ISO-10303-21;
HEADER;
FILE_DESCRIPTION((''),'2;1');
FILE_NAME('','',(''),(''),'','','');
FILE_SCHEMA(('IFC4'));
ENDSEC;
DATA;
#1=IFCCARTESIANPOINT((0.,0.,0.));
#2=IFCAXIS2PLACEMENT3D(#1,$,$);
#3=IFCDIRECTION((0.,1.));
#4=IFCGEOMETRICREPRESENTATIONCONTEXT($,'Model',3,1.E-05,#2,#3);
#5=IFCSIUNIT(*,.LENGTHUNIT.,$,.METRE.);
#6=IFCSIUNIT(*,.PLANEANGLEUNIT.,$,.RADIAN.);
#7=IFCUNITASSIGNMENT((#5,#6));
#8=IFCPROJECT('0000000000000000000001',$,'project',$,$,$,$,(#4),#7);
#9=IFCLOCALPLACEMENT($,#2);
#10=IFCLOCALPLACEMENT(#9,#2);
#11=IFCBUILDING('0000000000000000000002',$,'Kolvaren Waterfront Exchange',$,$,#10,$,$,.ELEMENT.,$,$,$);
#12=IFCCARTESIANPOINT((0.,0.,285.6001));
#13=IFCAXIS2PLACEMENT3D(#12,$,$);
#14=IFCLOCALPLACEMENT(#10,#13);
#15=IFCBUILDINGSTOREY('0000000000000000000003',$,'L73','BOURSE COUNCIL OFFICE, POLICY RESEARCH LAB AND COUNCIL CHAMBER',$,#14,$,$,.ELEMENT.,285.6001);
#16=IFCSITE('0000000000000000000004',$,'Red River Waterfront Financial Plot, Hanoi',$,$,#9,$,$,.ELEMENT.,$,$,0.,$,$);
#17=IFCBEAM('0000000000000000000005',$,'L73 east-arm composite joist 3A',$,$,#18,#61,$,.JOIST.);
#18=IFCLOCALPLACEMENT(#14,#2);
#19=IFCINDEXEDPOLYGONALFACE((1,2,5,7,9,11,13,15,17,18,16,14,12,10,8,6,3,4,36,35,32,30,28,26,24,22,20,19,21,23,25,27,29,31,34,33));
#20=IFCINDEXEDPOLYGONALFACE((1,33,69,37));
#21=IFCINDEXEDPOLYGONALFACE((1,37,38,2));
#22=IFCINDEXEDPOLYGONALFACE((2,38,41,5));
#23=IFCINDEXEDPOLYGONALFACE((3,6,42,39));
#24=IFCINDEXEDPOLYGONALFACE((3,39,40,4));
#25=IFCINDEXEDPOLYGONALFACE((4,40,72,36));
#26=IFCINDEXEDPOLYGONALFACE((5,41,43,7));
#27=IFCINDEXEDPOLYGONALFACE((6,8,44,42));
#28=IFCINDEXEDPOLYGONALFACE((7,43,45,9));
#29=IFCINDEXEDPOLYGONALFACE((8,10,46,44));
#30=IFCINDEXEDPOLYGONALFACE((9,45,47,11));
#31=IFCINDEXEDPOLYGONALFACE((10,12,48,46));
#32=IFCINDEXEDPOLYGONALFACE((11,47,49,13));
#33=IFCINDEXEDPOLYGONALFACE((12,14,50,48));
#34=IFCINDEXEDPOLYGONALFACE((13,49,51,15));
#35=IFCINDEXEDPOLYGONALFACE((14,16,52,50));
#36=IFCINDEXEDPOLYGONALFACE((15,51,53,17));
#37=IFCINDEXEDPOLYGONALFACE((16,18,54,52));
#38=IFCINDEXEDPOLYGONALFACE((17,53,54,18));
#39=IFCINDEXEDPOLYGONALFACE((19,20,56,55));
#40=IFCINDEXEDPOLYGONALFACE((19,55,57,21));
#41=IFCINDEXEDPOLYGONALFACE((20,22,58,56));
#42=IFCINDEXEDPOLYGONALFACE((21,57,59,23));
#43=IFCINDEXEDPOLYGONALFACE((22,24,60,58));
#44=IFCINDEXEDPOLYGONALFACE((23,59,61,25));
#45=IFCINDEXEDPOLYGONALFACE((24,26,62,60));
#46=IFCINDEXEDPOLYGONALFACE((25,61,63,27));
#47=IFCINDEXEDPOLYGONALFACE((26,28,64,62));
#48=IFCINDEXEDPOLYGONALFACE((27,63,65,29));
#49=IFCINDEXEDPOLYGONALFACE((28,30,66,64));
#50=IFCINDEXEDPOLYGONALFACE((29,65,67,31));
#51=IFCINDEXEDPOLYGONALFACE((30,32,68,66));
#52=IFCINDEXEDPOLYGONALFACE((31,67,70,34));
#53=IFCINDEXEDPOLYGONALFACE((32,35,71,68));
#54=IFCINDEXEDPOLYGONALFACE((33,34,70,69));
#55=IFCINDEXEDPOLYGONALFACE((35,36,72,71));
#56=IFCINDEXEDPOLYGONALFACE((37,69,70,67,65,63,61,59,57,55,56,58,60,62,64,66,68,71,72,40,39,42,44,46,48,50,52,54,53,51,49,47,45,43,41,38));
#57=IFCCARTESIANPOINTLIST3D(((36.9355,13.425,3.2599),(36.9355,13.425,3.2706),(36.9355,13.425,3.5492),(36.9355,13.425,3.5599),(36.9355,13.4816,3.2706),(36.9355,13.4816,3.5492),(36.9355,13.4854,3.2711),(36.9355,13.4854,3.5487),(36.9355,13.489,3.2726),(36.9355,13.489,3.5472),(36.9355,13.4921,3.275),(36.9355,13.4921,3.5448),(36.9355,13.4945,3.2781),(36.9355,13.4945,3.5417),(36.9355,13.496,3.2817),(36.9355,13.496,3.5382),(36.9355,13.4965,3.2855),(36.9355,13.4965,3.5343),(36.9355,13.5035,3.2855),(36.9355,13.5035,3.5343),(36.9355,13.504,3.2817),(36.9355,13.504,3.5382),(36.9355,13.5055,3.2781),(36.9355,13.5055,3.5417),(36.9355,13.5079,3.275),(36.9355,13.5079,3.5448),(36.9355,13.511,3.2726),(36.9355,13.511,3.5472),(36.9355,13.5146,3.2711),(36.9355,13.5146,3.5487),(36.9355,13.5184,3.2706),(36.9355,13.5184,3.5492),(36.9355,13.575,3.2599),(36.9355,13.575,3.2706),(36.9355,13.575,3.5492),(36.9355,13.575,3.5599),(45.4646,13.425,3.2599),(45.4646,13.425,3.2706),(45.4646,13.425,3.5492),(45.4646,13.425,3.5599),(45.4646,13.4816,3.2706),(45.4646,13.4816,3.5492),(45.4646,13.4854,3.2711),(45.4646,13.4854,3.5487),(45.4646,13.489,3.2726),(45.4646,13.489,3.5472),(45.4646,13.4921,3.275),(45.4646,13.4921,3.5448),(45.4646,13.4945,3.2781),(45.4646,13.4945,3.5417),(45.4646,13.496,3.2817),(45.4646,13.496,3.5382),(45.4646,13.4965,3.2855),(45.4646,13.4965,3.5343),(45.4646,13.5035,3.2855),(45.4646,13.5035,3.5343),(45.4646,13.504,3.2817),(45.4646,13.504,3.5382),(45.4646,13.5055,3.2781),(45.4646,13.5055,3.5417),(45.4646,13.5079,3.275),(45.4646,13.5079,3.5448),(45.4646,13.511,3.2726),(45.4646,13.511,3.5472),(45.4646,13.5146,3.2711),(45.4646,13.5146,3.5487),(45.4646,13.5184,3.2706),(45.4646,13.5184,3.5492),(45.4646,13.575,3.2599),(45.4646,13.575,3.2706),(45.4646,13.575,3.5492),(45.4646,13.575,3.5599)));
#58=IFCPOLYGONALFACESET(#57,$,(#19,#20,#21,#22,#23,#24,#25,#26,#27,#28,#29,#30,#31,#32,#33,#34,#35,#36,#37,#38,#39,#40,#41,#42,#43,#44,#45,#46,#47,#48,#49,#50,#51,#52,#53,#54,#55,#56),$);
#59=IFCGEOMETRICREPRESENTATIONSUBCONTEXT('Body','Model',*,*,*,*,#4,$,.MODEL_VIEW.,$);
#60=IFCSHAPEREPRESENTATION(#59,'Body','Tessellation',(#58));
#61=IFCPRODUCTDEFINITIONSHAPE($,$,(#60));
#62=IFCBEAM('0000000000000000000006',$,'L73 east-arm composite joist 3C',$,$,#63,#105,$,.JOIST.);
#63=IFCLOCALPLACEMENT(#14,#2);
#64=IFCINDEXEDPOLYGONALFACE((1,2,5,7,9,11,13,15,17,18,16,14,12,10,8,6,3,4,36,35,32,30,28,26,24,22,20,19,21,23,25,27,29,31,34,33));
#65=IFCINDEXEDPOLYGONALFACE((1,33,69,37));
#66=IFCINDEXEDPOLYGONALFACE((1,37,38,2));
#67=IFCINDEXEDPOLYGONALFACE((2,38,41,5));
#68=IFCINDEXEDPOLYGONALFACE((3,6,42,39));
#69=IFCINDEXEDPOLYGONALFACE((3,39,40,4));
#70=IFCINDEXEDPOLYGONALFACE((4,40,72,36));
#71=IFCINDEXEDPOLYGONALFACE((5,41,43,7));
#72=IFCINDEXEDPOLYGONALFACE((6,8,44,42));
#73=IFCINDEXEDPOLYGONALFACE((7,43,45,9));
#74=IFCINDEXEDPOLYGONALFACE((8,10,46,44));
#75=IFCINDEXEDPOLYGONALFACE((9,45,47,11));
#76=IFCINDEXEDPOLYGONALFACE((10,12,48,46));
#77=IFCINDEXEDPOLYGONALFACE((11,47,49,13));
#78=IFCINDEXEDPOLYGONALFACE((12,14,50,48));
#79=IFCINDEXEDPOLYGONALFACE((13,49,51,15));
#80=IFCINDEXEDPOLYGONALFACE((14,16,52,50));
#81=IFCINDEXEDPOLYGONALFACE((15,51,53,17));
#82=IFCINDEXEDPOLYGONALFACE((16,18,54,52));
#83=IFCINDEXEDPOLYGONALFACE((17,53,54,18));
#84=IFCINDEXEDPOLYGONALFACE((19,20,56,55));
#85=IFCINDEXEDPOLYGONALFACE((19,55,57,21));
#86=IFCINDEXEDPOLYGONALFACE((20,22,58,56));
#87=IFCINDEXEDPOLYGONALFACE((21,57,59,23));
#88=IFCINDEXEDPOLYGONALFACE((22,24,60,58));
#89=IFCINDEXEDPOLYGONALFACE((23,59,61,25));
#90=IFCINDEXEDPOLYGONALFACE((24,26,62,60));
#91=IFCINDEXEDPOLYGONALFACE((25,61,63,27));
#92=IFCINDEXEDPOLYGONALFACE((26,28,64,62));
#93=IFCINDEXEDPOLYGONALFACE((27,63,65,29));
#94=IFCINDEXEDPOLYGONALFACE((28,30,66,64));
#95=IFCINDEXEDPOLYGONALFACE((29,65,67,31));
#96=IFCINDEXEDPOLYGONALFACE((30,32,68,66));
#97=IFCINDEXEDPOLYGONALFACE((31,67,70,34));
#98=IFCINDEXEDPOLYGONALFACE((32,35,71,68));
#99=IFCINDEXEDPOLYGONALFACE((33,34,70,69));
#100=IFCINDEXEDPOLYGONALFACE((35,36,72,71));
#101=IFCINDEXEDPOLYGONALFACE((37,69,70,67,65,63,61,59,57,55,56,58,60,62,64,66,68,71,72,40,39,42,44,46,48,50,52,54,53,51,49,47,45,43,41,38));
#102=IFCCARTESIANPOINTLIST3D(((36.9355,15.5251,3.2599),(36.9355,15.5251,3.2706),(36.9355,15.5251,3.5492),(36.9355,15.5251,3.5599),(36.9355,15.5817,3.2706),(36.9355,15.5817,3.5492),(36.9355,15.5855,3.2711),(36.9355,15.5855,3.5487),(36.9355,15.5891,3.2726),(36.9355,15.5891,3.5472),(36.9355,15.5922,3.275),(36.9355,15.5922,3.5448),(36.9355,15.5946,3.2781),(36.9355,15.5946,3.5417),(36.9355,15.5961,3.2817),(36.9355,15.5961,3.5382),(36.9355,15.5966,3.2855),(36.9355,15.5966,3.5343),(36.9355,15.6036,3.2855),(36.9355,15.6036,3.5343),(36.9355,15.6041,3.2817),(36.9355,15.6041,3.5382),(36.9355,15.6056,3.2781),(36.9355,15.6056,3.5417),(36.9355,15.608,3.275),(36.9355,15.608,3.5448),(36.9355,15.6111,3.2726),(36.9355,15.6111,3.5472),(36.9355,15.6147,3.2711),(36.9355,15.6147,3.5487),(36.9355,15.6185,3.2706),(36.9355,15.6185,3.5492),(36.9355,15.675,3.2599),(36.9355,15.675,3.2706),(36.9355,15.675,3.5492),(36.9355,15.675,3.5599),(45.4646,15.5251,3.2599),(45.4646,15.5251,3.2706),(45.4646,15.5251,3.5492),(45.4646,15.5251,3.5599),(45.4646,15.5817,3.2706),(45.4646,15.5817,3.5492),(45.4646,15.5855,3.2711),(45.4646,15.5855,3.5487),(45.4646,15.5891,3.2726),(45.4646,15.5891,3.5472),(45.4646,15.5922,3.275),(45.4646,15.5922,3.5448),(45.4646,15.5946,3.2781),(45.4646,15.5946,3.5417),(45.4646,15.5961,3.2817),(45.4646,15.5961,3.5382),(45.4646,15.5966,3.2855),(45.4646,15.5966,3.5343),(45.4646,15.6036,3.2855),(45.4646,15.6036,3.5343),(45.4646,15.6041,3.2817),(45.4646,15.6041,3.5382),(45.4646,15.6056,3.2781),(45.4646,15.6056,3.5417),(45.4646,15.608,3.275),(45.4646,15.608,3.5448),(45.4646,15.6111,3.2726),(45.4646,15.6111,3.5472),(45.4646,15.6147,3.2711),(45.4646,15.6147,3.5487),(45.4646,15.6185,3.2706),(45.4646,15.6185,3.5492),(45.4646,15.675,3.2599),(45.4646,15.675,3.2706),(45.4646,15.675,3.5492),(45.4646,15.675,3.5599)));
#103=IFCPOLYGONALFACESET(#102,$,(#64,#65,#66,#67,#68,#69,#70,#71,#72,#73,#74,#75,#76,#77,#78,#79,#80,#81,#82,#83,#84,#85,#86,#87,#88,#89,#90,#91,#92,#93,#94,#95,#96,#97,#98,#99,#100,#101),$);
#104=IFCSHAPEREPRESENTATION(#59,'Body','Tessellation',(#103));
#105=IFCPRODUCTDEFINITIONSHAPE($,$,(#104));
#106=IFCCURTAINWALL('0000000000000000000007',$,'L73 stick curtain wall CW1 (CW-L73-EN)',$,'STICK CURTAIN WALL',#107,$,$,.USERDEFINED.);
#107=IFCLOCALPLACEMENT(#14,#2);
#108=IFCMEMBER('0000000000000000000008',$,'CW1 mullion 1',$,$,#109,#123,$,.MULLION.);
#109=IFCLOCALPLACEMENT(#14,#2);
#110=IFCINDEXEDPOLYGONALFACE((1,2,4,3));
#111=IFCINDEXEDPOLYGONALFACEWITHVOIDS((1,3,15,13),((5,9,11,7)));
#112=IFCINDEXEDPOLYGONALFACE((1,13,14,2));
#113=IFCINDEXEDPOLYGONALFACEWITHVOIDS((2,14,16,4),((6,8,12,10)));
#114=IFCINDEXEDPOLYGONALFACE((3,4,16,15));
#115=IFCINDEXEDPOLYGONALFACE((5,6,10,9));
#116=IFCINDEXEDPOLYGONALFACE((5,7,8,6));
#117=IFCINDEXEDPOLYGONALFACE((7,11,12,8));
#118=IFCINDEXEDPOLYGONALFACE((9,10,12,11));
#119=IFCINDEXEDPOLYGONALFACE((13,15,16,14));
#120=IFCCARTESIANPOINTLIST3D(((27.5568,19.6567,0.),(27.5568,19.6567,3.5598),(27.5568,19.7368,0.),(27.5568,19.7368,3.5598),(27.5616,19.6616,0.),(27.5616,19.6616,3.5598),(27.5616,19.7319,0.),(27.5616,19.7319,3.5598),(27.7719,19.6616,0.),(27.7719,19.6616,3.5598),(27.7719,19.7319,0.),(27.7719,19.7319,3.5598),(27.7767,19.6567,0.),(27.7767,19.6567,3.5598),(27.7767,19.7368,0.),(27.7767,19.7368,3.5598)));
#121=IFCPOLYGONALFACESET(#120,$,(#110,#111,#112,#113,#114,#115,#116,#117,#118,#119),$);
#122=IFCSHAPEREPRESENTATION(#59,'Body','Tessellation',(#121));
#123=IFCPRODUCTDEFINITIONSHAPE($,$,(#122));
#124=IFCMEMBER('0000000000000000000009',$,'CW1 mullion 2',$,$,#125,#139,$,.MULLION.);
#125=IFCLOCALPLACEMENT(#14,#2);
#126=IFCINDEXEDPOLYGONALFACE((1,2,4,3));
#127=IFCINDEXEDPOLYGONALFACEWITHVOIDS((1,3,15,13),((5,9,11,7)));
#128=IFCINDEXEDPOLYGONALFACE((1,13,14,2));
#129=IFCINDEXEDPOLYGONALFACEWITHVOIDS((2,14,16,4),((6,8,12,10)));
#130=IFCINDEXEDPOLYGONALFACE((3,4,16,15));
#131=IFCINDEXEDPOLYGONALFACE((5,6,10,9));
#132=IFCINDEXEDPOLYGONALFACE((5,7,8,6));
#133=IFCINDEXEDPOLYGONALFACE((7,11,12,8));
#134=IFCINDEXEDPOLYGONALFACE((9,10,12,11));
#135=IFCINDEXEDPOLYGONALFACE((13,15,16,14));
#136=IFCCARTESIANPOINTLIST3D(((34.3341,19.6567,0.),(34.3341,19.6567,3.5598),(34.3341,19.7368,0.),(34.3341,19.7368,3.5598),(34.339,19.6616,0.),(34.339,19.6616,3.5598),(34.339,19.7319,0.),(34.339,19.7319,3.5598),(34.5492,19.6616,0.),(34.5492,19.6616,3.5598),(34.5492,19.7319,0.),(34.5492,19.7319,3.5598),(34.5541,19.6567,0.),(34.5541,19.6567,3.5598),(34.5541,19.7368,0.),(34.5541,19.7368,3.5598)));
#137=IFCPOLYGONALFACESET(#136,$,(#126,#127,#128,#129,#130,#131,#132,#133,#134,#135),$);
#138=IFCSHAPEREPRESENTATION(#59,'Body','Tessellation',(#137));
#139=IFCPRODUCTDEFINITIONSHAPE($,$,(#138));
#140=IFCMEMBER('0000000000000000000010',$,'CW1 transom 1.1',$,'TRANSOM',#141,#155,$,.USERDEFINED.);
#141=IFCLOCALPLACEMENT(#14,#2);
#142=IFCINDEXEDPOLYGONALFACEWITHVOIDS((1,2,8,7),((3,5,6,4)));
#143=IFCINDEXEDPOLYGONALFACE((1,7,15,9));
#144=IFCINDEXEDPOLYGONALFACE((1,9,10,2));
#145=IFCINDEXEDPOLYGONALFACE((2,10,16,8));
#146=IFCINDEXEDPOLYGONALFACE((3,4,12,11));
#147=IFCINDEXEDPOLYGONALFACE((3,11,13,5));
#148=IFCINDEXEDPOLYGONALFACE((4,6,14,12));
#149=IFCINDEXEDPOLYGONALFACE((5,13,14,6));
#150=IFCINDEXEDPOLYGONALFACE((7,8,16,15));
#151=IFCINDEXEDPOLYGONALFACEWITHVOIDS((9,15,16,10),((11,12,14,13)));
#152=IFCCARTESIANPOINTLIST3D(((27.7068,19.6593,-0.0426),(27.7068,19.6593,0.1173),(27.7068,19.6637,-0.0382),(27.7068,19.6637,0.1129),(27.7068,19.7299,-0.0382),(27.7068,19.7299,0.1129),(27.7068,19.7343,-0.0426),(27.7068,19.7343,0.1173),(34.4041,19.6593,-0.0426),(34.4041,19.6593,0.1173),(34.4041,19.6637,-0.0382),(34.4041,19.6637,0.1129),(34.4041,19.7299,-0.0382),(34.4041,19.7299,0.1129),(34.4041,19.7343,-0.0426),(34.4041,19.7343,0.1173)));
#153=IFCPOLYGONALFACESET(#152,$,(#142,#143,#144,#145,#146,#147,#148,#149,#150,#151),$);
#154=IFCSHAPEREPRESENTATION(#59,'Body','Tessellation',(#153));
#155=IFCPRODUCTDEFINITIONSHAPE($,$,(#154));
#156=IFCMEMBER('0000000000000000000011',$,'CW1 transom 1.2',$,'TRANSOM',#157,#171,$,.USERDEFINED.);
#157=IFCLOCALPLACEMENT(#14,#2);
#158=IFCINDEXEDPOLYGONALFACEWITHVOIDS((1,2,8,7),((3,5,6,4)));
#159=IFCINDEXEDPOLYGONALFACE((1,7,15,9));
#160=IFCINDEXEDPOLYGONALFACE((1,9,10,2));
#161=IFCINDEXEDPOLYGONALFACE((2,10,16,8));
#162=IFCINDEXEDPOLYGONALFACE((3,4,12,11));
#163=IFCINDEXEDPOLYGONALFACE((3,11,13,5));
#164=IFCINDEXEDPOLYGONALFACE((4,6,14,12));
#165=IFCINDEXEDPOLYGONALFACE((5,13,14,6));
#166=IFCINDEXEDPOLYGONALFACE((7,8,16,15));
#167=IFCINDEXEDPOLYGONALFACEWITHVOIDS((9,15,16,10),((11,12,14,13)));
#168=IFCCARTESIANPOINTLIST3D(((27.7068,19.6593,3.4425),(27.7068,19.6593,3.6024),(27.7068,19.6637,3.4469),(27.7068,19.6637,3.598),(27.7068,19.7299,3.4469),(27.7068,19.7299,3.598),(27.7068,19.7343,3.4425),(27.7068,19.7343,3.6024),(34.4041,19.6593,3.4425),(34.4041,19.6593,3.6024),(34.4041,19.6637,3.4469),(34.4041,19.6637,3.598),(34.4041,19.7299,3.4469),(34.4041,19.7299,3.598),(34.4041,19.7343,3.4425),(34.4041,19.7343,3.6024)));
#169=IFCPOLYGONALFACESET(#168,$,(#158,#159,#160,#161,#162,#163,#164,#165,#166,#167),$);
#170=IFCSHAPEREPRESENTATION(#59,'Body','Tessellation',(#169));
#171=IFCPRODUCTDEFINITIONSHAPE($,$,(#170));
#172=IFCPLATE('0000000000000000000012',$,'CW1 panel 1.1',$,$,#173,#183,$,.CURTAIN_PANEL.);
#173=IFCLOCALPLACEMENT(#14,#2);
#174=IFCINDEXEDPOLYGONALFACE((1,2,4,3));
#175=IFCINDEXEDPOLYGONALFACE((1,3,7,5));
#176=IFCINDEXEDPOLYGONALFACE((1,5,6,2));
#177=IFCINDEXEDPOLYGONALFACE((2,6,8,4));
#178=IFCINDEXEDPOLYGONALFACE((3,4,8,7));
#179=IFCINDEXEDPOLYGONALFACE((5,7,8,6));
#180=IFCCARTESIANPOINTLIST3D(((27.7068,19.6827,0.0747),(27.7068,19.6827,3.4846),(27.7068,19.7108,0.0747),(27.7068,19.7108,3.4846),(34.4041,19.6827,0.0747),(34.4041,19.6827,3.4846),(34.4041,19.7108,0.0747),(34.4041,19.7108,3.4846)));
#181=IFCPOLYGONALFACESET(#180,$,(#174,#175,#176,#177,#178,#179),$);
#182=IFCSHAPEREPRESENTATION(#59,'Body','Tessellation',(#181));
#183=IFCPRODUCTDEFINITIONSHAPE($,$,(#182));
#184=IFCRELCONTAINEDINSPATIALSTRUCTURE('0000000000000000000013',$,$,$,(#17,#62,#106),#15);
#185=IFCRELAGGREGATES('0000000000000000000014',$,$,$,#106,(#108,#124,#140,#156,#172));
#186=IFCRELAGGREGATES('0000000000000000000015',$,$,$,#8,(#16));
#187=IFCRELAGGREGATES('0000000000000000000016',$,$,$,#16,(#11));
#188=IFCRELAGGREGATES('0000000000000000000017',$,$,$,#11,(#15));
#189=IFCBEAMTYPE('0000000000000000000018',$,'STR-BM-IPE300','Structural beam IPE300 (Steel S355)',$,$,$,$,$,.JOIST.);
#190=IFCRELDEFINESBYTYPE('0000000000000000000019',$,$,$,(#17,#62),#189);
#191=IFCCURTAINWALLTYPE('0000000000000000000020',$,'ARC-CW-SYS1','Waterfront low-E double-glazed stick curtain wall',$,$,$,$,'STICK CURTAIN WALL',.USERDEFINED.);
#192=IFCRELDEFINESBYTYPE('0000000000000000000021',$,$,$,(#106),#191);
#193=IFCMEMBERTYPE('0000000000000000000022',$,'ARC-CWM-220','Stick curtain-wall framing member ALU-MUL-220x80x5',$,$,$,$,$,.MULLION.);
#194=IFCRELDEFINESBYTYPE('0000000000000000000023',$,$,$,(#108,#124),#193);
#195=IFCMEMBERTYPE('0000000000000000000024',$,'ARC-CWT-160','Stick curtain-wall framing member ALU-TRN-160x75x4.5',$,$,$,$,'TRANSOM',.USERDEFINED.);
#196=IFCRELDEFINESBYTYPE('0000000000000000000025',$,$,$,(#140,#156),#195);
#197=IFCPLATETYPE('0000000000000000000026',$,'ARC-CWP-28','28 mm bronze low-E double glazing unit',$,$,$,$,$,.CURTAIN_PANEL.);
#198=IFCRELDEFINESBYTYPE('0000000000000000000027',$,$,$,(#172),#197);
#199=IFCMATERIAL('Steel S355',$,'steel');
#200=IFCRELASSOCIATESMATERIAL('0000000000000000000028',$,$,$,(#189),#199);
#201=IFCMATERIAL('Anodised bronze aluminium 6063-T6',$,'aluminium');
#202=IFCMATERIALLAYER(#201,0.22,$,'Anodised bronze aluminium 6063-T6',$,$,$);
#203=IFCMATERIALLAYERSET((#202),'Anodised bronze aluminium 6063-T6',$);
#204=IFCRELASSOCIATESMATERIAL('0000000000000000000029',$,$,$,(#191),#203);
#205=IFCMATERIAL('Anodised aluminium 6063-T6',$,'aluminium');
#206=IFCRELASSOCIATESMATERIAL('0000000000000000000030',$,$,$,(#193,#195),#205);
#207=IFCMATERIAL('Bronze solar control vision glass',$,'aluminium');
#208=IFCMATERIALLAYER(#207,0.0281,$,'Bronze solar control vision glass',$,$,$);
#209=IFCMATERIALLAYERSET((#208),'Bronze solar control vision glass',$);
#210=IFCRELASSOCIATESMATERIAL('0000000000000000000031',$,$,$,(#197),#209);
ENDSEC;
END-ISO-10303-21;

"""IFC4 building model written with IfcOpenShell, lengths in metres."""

from ifc_helpers import new_model, si_unit, direction, frame, origin, origin_with_axes, origin_2d, place, context, subcontext, project, spatial, rectangle, hollow_rectangle, i_section, extrude, source, transform, mapped, material, layer, layer_set, material_profile, profile_set, type_object, element, aggregate, save


model = new_model("IFC4")

# Units and contexts
model_context = context("Model", 3, precision=1e-05, world=origin(), true_north=direction((0.0, 1.0)))
body_context = subcontext(model_context, "Body", "Model", "MODEL_VIEW")
ifc_project = project(units=[si_unit("LENGTHUNIT", "METRE"), si_unit("PLANEANGLEUNIT", "RADIAN")], contexts=[model_context])

# Site, building, storey
site_placement = place(None, origin())
site = spatial("IfcSite", under=ifc_project, at=site_placement, Name="Red River Waterfront Financial Plot, Hanoi", CompositionType="ELEMENT", RefElevation=0.0)
building_placement = place(site_placement, origin())
building = spatial("IfcBuilding", under=site, at=building_placement, Name="Kolvaren Waterfront Exchange", CompositionType="ELEMENT")
storey_placement = place(building_placement, frame((0.0, 0.0, 285.6001)))
storey = spatial("IfcBuildingStorey", under=building, at=storey_placement, Name="L73", Description="BOURSE COUNCIL OFFICE, POLICY RESEARCH LAB AND COUNCIL CHAMBER", CompositionType="ELEMENT", Elevation=285.6001)

# Beams
ifc_material_1 = material(Name="Steel S355", Category="steel")
ifc_material_profile_1 = material_profile(ifc_material_1, i_section(OverallWidth=0.1499, OverallDepth=0.3, WebThickness=0.0071, FlangeThickness=0.0107, FilletRadius=0.0149, at=origin_2d()), Name="IPE300")
ifc_profile_set_1 = profile_set([ifc_material_profile_1], Name="Steel S355")
beam_type_1 = type_object("IfcBeamType", Name="STR-BM-IPE300", Description="Structural beam IPE300 (Steel S355)", PredefinedType="JOIST", material=ifc_profile_set_1)
for number, where, z_axis, x_axis, name in (
    (1, (36.9355, 13.5, 3.4099), (1.0, 0.0, 0.0), (0.0, 1.0, 0.0), "L73 east-arm composite joist 3A"),
    (2, (36.9355, 15.6001, 3.4099), (1.0, 0.0, 0.0), (0.0, 1.0, 0.0), "L73 east-arm composite joist 3C"),
):
    element("IfcBeam", number, at=place(storey_placement, frame(where, z_axis=z_axis, x_axis=x_axis)), inside=storey, type_object=beam_type_1, Name=name, PredefinedType="JOIST", context=body_context, shape_type="SweptSolid", body=[
        extrude(i_section(OverallWidth=0.1499, OverallDepth=0.3, WebThickness=0.0071, FlangeThickness=0.0107, FilletRadius=0.0149, at=origin_2d()), origin(), (0.0, 0.0, 1.0), 8.5291),
    ])

# Curtain wall, members, plate
ifc_material_2 = material(Name="Anodised bronze aluminium 6063-T6", Category="aluminium")
ifc_layer_1 = layer(ifc_material_2, 0.22, Name="Anodised bronze aluminium 6063-T6")
ifc_layer_set_1 = layer_set([ifc_layer_1], Name="Anodised bronze aluminium 6063-T6")
curtain_wall_type = type_object("IfcCurtainWallType", Name="ARC-CW-SYS1", Description="Waterfront low-E double-glazed stick curtain wall", ElementType="STICK CURTAIN WALL", PredefinedType="USERDEFINED", material=ifc_layer_set_1)
curtain_wall_placement = place(storey_placement, origin())
curtain_wall = element("IfcCurtainWall", 3, at=curtain_wall_placement, inside=storey, type_object=curtain_wall_type, Name="L73 stick curtain wall CW1 (CW-L73-EN)", ObjectType="STICK CURTAIN WALL", PredefinedType="USERDEFINED")
ifc_material_3 = material(Name="Anodised aluminium 6063-T6", Category="aluminium")
ifc_material_profile_2 = material_profile(ifc_material_3, hollow_rectangle(XDim=0.0801, YDim=0.22, WallThickness=0.0049, at=origin_2d()), Name="ALU-MUL-220x80x5")
ifc_profile_set_2 = profile_set([ifc_material_profile_2], Name="Anodised aluminium 6063-T6")
member_type_1 = type_object("IfcMemberType", Name="ARC-CWM-220", Description="Stick curtain-wall framing member ALU-MUL-220x80x5", PredefinedType="MULLION", material=ifc_profile_set_2)
shared_shape_1 = source(origin_with_axes(), body_context, "Body", "SweptSolid", [
    extrude(hollow_rectangle(XDim=0.0801, YDim=0.22, WallThickness=0.0049, at=origin_2d()), origin(), (0.0, 0.0, 1.0), 3.5598),
])
member_1_placement = place(storey_placement, frame((27.6667, 19.6968, 0.0), z_axis=(0.0, 0.0, 1.0), x_axis=(0.0, 1.0, 0.0)))
member_1 = element("IfcMember", 4, at=member_1_placement, type_object=member_type_1, Name="CW1 mullion 1", PredefinedType="MULLION", context=body_context, shape_type="MappedRepresentation", body=[
    mapped(shared_shape_1, transform((0.0, 0.0, 0.0), x_axis=(1.0, 0.0, 0.0), y_axis=(0.0, 1.0, 0.0), z_axis=(0.0, 0.0, 1.0), scale=1.0)),
])
member_2_placement = place(storey_placement, frame((34.4441, 19.6968, 0.0), z_axis=(0.0, 0.0, 1.0), x_axis=(0.0, 1.0, 0.0)))
member_2 = element("IfcMember", 5, at=member_2_placement, type_object=member_type_1, Name="CW1 mullion 2", PredefinedType="MULLION", context=body_context, shape_type="MappedRepresentation", body=[
    mapped(shared_shape_1, transform((0.0, 0.0, 0.0), x_axis=(1.0, 0.0, 0.0), y_axis=(0.0, 1.0, 0.0), z_axis=(0.0, 0.0, 1.0), scale=1.0)),
])
ifc_material_profile_3 = material_profile(ifc_material_3, hollow_rectangle(XDim=0.075, YDim=0.1599, WallThickness=0.0044, at=origin_2d()), Name="ALU-TRN-160x75x4.5")
ifc_profile_set_3 = profile_set([ifc_material_profile_3], Name="Anodised aluminium 6063-T6")
member_type_2 = type_object("IfcMemberType", Name="ARC-CWT-160", Description="Stick curtain-wall framing member ALU-TRN-160x75x4.5", ElementType="TRANSOM", PredefinedType="USERDEFINED", material=ifc_profile_set_3)
shared_shape_2 = source(origin_with_axes(), body_context, "Body", "SweptSolid", [
    extrude(hollow_rectangle(XDim=0.075, YDim=0.1599, WallThickness=0.0044, at=origin_2d()), origin(), (0.0, 0.0, 1.0), 6.6973),
])
member_3_placement = place(storey_placement, frame((27.7068, 19.6968, 0.0374), z_axis=(1.0, 0.0, 0.0), x_axis=(0.0, 1.0, 0.0)))
member_3 = element("IfcMember", 6, at=member_3_placement, type_object=member_type_2, Name="CW1 transom 1.1", ObjectType="TRANSOM", PredefinedType="USERDEFINED", context=body_context, shape_type="MappedRepresentation", body=[
    mapped(shared_shape_2, transform((0.0, 0.0, 0.0), x_axis=(1.0, 0.0, 0.0), y_axis=(0.0, 1.0, 0.0), z_axis=(0.0, 0.0, 1.0), scale=1.0)),
])
member_4_placement = place(storey_placement, frame((27.7068, 19.6968, 3.5225), z_axis=(1.0, 0.0, 0.0), x_axis=(0.0, 1.0, 0.0)))
member_4 = element("IfcMember", 7, at=member_4_placement, type_object=member_type_2, Name="CW1 transom 1.2", ObjectType="TRANSOM", PredefinedType="USERDEFINED", context=body_context, shape_type="MappedRepresentation", body=[
    mapped(shared_shape_2, transform((0.0, 0.0, 0.0), x_axis=(1.0, 0.0, 0.0), y_axis=(0.0, 1.0, 0.0), z_axis=(0.0, 0.0, 1.0), scale=1.0)),
])
ifc_material_4 = material(Name="Bronze solar control vision glass", Category="aluminium")
ifc_layer_2 = layer(ifc_material_4, 0.0281, Name="Bronze solar control vision glass")
ifc_layer_set_2 = layer_set([ifc_layer_2], Name="Bronze solar control vision glass")
plate_type = type_object("IfcPlateType", Name="ARC-CWP-28", Description="28 mm bronze low-E double glazing unit", PredefinedType="CURTAIN_PANEL", material=ifc_layer_set_2)
shared_shape_3 = source(origin_with_axes(), body_context, "Body", "SweptSolid", [
    extrude(rectangle(XDim=6.6973, YDim=0.0281, at=origin_2d()), origin(), (0.0, 0.0, 1.0), 3.4099),
])
plate_placement = place(storey_placement, frame((31.0554, 19.6968, 0.0747), z_axis=(0.0, 0.0, 1.0), x_axis=(1.0, 0.0, 0.0)))
plate = element("IfcPlate", 8, at=plate_placement, type_object=plate_type, Name="CW1 panel 1.1", PredefinedType="CURTAIN_PANEL", context=body_context, shape_type="MappedRepresentation", body=[
    mapped(shared_shape_3, transform((0.0, 0.0, 0.0), x_axis=(1.0, 0.0, 0.0), y_axis=(0.0, 1.0, 0.0), z_axis=(0.0, 0.0, 1.0), scale=1.0)),
])
aggregate(curtain_wall, [member_1, member_2, member_3, member_4, plate])

save(model, "model.ifc")
